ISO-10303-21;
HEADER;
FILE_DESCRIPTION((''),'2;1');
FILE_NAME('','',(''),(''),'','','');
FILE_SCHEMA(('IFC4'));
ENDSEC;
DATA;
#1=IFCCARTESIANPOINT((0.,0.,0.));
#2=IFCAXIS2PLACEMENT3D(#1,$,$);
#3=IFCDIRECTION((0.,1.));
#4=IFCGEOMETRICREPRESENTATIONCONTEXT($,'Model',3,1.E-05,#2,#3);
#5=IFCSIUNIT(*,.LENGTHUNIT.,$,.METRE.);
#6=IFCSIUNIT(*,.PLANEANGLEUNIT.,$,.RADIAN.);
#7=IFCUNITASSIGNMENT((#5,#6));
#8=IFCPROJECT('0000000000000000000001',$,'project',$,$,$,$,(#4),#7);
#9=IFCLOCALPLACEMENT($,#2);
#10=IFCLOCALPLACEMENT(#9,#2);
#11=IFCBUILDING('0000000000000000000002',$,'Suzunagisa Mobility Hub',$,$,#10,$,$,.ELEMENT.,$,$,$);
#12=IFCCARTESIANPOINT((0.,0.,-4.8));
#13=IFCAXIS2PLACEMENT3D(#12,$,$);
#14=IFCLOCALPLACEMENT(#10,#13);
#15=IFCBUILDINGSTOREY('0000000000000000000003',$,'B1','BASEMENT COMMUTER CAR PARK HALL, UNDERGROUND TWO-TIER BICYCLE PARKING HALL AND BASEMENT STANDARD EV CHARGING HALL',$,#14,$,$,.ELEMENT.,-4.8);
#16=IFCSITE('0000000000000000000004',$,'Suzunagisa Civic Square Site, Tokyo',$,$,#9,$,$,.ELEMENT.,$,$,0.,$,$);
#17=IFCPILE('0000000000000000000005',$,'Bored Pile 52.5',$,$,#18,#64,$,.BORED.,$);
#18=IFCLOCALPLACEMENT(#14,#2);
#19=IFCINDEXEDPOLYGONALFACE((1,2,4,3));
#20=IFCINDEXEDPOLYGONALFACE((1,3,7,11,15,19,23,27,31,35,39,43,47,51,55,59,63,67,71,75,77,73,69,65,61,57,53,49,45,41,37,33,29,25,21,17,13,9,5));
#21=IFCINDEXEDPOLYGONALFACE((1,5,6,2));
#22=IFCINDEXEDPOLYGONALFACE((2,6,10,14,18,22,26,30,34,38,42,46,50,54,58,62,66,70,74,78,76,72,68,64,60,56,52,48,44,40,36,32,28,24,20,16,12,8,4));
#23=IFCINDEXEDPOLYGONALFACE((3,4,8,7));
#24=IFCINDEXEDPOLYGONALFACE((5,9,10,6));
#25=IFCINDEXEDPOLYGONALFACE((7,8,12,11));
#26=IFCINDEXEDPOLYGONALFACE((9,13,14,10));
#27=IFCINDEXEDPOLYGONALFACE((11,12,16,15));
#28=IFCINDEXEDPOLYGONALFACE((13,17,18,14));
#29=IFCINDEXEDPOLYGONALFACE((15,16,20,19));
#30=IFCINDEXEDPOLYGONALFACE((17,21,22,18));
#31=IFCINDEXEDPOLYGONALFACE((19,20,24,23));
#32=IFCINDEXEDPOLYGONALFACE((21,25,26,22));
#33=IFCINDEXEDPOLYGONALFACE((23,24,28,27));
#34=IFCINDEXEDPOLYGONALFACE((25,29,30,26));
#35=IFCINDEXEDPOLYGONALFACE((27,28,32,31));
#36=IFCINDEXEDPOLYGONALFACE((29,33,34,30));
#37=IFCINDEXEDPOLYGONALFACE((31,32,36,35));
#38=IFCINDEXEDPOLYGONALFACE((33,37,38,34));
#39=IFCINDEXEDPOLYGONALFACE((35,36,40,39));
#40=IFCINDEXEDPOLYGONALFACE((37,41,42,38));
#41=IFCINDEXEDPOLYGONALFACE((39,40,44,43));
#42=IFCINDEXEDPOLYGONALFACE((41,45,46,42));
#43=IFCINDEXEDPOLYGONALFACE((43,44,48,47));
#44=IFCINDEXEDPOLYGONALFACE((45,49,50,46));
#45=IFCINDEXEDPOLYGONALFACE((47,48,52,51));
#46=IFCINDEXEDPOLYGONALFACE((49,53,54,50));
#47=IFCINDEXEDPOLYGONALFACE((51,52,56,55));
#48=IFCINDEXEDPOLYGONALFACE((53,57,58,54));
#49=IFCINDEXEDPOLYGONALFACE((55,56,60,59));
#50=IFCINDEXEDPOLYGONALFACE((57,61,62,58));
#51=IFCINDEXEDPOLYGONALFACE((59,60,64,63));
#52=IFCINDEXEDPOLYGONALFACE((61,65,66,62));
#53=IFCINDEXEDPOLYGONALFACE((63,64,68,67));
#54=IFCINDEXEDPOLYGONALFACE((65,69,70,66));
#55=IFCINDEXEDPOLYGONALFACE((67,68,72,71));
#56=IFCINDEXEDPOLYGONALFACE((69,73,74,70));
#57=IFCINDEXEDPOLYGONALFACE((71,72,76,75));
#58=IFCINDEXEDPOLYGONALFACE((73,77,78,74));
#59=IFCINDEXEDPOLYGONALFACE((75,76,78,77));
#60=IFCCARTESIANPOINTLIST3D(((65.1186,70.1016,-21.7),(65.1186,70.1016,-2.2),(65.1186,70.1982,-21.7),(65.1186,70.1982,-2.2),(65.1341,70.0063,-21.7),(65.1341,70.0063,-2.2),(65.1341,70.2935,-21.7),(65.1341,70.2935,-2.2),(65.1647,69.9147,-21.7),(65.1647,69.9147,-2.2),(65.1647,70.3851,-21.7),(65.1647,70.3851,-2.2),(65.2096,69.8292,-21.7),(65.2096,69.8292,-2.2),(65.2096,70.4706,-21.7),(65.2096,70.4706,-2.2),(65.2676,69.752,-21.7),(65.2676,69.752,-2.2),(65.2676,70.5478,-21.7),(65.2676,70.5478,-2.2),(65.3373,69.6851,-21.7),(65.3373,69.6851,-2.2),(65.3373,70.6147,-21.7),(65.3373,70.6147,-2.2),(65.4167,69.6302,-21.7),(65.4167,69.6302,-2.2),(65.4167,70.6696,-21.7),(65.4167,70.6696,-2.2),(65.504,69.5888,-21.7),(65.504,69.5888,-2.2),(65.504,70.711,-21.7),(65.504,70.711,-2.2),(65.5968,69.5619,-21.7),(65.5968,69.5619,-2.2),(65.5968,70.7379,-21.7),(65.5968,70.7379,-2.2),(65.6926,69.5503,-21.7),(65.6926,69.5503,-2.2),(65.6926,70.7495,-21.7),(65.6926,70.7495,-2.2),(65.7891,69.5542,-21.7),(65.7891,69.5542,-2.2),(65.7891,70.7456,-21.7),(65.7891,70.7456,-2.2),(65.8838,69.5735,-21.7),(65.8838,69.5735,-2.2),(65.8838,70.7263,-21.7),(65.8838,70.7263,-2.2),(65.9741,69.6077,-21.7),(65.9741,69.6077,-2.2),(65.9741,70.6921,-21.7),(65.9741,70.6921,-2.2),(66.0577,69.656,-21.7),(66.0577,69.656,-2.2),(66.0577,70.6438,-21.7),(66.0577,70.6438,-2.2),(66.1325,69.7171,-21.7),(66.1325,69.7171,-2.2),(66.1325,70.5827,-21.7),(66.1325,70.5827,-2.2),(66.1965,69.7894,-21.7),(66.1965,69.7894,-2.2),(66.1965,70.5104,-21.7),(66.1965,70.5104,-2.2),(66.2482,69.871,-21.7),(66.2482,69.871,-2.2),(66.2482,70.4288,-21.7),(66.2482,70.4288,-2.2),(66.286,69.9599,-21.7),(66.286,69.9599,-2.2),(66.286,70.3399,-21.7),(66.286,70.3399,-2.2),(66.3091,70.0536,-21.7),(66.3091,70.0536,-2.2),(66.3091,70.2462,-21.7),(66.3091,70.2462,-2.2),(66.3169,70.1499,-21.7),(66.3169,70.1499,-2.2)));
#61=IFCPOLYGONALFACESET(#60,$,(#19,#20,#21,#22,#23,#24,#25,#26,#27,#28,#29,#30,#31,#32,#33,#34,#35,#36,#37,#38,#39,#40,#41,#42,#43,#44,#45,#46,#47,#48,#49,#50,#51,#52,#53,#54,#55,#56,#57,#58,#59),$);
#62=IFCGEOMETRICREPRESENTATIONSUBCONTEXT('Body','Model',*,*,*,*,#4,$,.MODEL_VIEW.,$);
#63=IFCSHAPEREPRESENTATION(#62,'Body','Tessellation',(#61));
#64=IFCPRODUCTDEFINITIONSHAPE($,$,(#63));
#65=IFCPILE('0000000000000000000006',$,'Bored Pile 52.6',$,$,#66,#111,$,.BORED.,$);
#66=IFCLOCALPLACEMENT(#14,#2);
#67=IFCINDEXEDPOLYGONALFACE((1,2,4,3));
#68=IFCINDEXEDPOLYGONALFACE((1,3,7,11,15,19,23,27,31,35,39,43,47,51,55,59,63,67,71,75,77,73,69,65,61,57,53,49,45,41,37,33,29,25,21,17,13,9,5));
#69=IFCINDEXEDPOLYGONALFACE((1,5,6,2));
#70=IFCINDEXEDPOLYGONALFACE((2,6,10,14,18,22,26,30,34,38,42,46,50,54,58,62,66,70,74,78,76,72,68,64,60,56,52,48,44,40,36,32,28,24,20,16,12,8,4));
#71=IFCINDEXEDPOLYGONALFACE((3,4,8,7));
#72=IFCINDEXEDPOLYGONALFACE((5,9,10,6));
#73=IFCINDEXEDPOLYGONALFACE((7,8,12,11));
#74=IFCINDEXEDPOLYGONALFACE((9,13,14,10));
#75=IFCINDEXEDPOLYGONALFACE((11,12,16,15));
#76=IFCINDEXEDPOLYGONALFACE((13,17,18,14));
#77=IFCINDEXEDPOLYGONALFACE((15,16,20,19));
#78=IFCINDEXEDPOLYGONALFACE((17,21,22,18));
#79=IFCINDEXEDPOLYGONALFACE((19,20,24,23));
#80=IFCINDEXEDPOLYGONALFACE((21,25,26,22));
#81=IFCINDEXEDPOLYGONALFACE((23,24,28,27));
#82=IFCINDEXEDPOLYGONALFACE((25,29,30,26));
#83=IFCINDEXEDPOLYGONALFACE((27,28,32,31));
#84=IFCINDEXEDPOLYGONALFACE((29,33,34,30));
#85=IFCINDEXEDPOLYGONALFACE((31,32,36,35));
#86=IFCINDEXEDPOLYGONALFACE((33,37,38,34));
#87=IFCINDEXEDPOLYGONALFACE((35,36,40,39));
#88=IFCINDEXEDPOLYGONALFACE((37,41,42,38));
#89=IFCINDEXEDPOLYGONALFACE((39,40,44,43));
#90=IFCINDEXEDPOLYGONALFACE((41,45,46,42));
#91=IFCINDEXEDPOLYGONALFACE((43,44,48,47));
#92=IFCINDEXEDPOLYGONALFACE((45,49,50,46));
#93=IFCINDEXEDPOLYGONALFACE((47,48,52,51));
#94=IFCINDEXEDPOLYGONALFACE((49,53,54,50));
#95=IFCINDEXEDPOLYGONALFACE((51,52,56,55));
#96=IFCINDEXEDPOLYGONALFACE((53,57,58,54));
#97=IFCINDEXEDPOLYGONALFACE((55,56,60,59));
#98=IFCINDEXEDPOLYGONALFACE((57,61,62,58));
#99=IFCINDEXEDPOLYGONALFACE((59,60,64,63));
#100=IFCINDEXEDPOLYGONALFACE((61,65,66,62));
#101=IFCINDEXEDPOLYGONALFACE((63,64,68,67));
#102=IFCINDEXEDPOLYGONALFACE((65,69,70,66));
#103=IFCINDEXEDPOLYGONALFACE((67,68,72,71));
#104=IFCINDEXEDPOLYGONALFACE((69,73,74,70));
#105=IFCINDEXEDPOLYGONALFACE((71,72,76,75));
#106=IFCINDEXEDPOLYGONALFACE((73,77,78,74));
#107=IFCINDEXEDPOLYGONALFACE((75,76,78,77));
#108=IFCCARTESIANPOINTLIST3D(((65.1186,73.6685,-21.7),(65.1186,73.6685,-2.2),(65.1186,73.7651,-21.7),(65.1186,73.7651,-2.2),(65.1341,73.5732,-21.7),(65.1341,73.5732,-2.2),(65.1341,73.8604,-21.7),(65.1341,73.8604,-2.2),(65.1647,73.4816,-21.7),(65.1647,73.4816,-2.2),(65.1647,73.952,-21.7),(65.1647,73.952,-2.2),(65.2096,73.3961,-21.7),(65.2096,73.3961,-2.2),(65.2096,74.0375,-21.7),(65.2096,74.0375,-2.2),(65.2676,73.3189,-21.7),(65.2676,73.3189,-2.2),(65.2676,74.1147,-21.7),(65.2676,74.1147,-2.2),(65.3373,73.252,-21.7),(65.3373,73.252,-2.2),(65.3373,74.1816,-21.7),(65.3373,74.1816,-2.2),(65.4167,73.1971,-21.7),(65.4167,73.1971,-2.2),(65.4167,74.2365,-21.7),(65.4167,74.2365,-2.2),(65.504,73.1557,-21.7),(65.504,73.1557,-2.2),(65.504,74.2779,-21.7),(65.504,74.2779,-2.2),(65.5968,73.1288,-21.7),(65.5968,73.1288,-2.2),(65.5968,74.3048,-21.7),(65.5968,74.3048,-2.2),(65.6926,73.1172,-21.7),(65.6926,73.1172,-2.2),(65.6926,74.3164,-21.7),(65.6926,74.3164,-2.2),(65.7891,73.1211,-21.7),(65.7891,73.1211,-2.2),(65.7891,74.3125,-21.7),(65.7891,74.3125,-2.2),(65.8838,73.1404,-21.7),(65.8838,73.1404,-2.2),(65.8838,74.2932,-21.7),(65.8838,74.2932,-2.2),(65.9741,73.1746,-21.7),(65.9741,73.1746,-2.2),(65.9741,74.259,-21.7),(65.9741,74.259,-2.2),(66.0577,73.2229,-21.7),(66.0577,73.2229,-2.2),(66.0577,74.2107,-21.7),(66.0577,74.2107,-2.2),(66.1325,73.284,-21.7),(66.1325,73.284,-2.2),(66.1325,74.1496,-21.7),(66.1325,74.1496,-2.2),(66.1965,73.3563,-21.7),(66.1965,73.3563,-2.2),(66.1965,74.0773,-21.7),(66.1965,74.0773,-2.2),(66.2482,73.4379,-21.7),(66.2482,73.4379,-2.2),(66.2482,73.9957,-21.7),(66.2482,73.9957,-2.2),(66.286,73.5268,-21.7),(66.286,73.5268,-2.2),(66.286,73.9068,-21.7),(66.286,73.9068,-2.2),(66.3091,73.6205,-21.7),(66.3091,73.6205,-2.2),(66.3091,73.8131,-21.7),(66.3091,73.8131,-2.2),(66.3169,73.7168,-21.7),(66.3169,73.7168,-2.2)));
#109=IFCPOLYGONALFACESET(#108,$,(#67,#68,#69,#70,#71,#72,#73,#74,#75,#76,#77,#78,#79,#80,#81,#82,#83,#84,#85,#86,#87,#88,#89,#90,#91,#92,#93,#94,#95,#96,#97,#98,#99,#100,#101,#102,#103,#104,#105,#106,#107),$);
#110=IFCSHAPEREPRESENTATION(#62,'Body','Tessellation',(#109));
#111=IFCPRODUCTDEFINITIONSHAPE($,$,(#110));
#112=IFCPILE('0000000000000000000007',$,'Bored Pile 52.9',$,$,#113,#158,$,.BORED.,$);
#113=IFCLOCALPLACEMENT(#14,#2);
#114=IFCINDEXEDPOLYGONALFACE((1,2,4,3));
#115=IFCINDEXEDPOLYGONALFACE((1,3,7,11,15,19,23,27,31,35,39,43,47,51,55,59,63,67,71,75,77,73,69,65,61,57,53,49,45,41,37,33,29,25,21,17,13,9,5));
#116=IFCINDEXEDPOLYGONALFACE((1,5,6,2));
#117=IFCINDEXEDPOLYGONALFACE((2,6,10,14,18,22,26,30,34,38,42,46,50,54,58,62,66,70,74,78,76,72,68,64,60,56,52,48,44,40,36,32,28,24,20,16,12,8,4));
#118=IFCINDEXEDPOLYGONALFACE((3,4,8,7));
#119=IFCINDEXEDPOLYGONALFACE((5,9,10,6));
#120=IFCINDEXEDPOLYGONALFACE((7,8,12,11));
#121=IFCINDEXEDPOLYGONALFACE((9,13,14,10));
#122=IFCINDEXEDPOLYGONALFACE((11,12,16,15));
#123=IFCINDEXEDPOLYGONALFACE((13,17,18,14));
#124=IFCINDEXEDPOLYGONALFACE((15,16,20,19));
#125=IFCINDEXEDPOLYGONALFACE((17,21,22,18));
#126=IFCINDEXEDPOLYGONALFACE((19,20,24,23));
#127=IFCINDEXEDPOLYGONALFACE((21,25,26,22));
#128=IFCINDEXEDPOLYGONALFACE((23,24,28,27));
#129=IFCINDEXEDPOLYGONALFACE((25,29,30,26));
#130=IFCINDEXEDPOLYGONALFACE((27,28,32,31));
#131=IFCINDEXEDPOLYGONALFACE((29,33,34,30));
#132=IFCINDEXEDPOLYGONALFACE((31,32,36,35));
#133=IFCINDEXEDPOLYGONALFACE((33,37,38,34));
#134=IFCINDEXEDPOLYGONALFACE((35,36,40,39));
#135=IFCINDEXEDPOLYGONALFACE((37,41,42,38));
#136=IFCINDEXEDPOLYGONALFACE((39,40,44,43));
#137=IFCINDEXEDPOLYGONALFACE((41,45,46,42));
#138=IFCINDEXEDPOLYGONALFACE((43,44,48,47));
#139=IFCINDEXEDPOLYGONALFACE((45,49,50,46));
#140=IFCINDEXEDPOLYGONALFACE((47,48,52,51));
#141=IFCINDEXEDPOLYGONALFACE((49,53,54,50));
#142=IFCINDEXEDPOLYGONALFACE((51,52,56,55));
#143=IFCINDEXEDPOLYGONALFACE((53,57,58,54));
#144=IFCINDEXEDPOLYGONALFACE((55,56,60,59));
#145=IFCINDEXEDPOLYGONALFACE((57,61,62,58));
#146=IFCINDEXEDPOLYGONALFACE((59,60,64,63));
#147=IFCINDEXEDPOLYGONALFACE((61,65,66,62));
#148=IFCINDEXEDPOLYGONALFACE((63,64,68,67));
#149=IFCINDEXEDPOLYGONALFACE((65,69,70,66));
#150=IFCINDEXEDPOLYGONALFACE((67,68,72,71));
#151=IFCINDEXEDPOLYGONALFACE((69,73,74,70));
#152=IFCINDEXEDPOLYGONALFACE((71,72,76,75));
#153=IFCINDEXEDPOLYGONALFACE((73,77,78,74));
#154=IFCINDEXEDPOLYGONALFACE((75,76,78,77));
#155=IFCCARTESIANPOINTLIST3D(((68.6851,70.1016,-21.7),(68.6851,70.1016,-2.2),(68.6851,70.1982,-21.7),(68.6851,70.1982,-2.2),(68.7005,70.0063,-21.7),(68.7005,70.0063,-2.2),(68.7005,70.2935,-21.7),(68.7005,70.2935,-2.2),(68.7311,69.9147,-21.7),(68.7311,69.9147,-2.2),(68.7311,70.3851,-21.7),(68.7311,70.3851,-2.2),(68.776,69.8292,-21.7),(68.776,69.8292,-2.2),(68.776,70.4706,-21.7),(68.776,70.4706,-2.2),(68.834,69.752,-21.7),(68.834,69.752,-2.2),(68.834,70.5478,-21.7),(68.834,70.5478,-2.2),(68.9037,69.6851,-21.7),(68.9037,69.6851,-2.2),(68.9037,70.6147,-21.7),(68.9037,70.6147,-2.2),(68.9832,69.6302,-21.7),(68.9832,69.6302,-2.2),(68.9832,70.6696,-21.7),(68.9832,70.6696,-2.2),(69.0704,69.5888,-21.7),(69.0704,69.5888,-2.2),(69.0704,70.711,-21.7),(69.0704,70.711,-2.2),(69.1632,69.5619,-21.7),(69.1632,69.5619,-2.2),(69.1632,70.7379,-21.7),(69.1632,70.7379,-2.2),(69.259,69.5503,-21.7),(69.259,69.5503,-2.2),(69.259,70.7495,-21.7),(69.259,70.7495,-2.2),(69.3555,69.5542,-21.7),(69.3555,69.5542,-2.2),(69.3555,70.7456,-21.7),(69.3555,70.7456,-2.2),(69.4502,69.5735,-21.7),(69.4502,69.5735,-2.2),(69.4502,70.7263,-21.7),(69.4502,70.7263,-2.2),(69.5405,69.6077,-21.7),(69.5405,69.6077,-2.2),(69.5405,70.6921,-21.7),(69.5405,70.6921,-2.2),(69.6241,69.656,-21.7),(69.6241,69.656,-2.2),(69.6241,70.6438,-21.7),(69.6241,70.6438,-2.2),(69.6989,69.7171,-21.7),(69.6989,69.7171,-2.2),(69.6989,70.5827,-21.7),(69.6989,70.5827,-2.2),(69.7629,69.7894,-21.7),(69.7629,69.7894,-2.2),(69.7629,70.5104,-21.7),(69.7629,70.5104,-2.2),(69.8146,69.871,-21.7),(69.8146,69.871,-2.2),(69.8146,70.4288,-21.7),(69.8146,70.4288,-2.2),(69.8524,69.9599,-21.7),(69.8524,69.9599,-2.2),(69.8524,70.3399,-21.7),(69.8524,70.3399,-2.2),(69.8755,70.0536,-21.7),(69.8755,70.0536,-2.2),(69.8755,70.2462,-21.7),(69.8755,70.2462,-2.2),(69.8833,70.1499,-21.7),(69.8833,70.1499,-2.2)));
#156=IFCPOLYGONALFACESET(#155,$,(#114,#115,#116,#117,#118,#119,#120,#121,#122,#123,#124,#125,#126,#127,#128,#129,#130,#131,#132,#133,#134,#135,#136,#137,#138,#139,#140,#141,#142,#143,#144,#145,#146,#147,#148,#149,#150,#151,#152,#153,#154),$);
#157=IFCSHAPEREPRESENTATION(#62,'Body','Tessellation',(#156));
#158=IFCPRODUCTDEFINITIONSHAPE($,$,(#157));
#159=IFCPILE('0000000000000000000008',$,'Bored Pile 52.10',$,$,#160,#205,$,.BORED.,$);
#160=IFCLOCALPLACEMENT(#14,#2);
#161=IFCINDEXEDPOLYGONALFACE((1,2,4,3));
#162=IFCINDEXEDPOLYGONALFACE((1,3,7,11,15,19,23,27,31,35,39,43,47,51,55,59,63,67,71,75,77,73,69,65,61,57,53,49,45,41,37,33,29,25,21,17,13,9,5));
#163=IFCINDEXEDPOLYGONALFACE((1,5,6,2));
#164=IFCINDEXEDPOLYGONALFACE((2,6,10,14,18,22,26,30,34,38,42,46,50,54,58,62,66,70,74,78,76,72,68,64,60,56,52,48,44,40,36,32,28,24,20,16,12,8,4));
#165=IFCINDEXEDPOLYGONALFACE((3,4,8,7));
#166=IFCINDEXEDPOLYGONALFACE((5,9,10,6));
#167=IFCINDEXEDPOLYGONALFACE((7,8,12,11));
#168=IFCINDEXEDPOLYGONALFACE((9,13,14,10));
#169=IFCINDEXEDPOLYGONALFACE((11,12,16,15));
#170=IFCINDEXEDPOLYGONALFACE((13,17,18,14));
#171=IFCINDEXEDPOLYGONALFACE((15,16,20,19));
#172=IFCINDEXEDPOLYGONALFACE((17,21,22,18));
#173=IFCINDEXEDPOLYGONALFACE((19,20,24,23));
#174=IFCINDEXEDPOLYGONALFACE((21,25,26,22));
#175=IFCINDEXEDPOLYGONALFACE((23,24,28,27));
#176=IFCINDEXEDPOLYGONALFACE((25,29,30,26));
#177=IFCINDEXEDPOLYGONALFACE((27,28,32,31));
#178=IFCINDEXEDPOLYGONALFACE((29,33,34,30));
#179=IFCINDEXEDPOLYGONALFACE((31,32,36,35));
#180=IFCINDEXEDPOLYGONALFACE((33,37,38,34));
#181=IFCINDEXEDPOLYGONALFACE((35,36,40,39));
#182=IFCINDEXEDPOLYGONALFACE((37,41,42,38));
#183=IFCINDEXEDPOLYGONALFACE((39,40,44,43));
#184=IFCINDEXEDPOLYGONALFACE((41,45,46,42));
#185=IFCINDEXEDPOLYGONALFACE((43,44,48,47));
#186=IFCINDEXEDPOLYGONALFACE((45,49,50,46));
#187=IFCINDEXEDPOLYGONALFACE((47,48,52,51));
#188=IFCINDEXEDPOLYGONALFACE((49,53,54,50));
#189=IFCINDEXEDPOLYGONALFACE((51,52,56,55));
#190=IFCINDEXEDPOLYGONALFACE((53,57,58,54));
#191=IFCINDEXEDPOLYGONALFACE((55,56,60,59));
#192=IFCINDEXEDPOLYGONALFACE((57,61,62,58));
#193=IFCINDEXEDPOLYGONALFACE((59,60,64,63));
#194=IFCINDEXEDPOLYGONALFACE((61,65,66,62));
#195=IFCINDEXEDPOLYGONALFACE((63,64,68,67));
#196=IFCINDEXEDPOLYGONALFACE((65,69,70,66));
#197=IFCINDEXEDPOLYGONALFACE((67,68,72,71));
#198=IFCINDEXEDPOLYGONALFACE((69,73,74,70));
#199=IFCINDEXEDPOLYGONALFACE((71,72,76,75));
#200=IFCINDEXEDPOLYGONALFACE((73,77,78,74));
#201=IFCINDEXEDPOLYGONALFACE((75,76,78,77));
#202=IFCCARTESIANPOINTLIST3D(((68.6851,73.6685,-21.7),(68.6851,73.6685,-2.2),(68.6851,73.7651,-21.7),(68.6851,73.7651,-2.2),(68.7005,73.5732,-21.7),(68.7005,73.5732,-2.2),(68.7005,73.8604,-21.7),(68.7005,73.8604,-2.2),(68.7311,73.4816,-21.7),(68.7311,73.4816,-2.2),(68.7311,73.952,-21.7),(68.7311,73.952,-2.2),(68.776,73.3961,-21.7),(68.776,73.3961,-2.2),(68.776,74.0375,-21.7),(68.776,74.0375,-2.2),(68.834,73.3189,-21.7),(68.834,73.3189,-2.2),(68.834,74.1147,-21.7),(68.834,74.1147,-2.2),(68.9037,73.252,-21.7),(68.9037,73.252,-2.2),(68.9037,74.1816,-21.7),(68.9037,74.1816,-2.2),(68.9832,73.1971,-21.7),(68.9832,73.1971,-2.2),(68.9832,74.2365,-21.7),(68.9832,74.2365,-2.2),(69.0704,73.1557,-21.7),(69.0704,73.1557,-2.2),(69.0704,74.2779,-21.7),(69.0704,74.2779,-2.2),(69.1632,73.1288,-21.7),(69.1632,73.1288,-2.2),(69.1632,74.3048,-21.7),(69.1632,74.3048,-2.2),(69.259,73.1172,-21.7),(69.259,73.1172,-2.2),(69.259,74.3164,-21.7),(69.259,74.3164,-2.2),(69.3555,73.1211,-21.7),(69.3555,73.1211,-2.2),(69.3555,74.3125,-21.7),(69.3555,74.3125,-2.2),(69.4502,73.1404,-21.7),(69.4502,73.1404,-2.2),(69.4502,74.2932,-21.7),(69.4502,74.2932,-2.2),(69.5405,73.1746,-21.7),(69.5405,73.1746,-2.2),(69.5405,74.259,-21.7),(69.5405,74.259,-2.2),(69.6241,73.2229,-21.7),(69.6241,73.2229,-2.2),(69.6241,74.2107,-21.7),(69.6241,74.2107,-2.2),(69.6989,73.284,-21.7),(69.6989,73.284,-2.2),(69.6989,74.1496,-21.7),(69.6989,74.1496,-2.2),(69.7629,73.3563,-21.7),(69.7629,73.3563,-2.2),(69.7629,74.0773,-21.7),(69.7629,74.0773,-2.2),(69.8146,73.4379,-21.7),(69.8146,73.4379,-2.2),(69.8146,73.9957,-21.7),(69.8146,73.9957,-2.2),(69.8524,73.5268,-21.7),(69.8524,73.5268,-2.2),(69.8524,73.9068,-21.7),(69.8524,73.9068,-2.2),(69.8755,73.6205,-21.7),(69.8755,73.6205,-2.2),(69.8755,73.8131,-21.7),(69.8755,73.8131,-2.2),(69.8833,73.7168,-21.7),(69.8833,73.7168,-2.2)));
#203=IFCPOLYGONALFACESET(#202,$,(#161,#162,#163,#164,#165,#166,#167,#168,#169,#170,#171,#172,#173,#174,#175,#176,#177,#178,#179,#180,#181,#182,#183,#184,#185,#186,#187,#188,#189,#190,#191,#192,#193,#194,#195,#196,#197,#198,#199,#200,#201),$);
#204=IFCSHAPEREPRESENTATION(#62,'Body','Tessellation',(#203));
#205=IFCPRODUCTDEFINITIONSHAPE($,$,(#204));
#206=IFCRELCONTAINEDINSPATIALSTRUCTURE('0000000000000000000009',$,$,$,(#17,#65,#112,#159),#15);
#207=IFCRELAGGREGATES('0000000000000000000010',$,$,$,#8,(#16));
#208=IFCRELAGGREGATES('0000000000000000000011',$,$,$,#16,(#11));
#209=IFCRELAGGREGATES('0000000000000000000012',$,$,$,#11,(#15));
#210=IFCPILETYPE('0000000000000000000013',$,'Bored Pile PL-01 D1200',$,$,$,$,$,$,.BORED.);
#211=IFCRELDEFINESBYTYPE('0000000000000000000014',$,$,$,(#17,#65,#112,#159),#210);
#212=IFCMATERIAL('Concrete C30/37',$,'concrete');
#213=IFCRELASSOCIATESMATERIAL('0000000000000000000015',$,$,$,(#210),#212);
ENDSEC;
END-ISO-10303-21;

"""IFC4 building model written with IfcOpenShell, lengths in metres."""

from ifc_helpers import new_model, si_unit, direction, frame, origin, origin_2d, place, context, subcontext, project, spatial, circle, extrude, material, material_profile, profile_set, type_object, element, save


model = new_model("IFC4")

# Units and contexts
model_context = context("Model", 3, precision=1e-05, world=origin(), true_north=direction((0.0, 1.0)))
body_context = subcontext(model_context, "Body", "Model", "MODEL_VIEW")
ifc_project = project(units=[si_unit("LENGTHUNIT", "METRE"), si_unit("PLANEANGLEUNIT", "RADIAN")], contexts=[model_context])

# Site, building, storey
site_placement = place(None, origin())
site = spatial("IfcSite", under=ifc_project, at=site_placement, Name="Suzunagisa Civic Square Site, Tokyo", CompositionType="ELEMENT", RefElevation=0.0)
building_placement = place(site_placement, origin())
building = spatial("IfcBuilding", under=site, at=building_placement, Name="Suzunagisa Mobility Hub", CompositionType="ELEMENT")
storey_placement = place(building_placement, frame((0.0, 0.0, -4.8)))
storey = spatial("IfcBuildingStorey", under=building, at=storey_placement, Name="B1", Description="BASEMENT COMMUTER CAR PARK HALL, UNDERGROUND TWO-TIER BICYCLE PARKING HALL AND BASEMENT STANDARD EV CHARGING HALL", CompositionType="ELEMENT", Elevation=-4.8)

# Piles
ifc_material_1 = material(Name="Concrete C30/37", Category="concrete")
ifc_material_profile_1 = material_profile(ifc_material_1, circle(Radius=0.6001, at=origin_2d()), Name="BORED PILE D1200")
ifc_profile_set_1 = profile_set([ifc_material_profile_1], Name="Concrete C30/37")
pile_type_1 = type_object("IfcPileType", Name="Bored Pile PL-01 D1200", PredefinedType="BORED", material=ifc_profile_set_1)
for number, where, z_axis, x_axis, name in (
    (1, (65.7168, 70.1499, -2.2), (0.0, 0.0, -1.0), (1.0, 0.0, 0.0), "Bored Pile 52.5"),
    (2, (65.7168, 73.7168, -2.2), (0.0, 0.0, -1.0), (1.0, 0.0, 0.0), "Bored Pile 52.6"),
    (3, (69.2832, 70.1499, -2.2), (0.0, 0.0, -1.0), (1.0, 0.0, 0.0), "Bored Pile 52.9"),
    (4, (69.2832, 73.7168, -2.2), (0.0, 0.0, -1.0), (1.0, 0.0, 0.0), "Bored Pile 52.10"),
):
    element("IfcPile", number, at=place(storey_placement, frame(where, z_axis=z_axis, x_axis=x_axis)), inside=storey, type_object=pile_type_1, Name=name, PredefinedType="BORED", context=body_context, shape_type="SweptSolid", body=[
        extrude(circle(Radius=0.6001, at=origin_2d()), origin(), (0.0, 0.0, 1.0), 19.5),
    ])

save(model, "model.ifc")
